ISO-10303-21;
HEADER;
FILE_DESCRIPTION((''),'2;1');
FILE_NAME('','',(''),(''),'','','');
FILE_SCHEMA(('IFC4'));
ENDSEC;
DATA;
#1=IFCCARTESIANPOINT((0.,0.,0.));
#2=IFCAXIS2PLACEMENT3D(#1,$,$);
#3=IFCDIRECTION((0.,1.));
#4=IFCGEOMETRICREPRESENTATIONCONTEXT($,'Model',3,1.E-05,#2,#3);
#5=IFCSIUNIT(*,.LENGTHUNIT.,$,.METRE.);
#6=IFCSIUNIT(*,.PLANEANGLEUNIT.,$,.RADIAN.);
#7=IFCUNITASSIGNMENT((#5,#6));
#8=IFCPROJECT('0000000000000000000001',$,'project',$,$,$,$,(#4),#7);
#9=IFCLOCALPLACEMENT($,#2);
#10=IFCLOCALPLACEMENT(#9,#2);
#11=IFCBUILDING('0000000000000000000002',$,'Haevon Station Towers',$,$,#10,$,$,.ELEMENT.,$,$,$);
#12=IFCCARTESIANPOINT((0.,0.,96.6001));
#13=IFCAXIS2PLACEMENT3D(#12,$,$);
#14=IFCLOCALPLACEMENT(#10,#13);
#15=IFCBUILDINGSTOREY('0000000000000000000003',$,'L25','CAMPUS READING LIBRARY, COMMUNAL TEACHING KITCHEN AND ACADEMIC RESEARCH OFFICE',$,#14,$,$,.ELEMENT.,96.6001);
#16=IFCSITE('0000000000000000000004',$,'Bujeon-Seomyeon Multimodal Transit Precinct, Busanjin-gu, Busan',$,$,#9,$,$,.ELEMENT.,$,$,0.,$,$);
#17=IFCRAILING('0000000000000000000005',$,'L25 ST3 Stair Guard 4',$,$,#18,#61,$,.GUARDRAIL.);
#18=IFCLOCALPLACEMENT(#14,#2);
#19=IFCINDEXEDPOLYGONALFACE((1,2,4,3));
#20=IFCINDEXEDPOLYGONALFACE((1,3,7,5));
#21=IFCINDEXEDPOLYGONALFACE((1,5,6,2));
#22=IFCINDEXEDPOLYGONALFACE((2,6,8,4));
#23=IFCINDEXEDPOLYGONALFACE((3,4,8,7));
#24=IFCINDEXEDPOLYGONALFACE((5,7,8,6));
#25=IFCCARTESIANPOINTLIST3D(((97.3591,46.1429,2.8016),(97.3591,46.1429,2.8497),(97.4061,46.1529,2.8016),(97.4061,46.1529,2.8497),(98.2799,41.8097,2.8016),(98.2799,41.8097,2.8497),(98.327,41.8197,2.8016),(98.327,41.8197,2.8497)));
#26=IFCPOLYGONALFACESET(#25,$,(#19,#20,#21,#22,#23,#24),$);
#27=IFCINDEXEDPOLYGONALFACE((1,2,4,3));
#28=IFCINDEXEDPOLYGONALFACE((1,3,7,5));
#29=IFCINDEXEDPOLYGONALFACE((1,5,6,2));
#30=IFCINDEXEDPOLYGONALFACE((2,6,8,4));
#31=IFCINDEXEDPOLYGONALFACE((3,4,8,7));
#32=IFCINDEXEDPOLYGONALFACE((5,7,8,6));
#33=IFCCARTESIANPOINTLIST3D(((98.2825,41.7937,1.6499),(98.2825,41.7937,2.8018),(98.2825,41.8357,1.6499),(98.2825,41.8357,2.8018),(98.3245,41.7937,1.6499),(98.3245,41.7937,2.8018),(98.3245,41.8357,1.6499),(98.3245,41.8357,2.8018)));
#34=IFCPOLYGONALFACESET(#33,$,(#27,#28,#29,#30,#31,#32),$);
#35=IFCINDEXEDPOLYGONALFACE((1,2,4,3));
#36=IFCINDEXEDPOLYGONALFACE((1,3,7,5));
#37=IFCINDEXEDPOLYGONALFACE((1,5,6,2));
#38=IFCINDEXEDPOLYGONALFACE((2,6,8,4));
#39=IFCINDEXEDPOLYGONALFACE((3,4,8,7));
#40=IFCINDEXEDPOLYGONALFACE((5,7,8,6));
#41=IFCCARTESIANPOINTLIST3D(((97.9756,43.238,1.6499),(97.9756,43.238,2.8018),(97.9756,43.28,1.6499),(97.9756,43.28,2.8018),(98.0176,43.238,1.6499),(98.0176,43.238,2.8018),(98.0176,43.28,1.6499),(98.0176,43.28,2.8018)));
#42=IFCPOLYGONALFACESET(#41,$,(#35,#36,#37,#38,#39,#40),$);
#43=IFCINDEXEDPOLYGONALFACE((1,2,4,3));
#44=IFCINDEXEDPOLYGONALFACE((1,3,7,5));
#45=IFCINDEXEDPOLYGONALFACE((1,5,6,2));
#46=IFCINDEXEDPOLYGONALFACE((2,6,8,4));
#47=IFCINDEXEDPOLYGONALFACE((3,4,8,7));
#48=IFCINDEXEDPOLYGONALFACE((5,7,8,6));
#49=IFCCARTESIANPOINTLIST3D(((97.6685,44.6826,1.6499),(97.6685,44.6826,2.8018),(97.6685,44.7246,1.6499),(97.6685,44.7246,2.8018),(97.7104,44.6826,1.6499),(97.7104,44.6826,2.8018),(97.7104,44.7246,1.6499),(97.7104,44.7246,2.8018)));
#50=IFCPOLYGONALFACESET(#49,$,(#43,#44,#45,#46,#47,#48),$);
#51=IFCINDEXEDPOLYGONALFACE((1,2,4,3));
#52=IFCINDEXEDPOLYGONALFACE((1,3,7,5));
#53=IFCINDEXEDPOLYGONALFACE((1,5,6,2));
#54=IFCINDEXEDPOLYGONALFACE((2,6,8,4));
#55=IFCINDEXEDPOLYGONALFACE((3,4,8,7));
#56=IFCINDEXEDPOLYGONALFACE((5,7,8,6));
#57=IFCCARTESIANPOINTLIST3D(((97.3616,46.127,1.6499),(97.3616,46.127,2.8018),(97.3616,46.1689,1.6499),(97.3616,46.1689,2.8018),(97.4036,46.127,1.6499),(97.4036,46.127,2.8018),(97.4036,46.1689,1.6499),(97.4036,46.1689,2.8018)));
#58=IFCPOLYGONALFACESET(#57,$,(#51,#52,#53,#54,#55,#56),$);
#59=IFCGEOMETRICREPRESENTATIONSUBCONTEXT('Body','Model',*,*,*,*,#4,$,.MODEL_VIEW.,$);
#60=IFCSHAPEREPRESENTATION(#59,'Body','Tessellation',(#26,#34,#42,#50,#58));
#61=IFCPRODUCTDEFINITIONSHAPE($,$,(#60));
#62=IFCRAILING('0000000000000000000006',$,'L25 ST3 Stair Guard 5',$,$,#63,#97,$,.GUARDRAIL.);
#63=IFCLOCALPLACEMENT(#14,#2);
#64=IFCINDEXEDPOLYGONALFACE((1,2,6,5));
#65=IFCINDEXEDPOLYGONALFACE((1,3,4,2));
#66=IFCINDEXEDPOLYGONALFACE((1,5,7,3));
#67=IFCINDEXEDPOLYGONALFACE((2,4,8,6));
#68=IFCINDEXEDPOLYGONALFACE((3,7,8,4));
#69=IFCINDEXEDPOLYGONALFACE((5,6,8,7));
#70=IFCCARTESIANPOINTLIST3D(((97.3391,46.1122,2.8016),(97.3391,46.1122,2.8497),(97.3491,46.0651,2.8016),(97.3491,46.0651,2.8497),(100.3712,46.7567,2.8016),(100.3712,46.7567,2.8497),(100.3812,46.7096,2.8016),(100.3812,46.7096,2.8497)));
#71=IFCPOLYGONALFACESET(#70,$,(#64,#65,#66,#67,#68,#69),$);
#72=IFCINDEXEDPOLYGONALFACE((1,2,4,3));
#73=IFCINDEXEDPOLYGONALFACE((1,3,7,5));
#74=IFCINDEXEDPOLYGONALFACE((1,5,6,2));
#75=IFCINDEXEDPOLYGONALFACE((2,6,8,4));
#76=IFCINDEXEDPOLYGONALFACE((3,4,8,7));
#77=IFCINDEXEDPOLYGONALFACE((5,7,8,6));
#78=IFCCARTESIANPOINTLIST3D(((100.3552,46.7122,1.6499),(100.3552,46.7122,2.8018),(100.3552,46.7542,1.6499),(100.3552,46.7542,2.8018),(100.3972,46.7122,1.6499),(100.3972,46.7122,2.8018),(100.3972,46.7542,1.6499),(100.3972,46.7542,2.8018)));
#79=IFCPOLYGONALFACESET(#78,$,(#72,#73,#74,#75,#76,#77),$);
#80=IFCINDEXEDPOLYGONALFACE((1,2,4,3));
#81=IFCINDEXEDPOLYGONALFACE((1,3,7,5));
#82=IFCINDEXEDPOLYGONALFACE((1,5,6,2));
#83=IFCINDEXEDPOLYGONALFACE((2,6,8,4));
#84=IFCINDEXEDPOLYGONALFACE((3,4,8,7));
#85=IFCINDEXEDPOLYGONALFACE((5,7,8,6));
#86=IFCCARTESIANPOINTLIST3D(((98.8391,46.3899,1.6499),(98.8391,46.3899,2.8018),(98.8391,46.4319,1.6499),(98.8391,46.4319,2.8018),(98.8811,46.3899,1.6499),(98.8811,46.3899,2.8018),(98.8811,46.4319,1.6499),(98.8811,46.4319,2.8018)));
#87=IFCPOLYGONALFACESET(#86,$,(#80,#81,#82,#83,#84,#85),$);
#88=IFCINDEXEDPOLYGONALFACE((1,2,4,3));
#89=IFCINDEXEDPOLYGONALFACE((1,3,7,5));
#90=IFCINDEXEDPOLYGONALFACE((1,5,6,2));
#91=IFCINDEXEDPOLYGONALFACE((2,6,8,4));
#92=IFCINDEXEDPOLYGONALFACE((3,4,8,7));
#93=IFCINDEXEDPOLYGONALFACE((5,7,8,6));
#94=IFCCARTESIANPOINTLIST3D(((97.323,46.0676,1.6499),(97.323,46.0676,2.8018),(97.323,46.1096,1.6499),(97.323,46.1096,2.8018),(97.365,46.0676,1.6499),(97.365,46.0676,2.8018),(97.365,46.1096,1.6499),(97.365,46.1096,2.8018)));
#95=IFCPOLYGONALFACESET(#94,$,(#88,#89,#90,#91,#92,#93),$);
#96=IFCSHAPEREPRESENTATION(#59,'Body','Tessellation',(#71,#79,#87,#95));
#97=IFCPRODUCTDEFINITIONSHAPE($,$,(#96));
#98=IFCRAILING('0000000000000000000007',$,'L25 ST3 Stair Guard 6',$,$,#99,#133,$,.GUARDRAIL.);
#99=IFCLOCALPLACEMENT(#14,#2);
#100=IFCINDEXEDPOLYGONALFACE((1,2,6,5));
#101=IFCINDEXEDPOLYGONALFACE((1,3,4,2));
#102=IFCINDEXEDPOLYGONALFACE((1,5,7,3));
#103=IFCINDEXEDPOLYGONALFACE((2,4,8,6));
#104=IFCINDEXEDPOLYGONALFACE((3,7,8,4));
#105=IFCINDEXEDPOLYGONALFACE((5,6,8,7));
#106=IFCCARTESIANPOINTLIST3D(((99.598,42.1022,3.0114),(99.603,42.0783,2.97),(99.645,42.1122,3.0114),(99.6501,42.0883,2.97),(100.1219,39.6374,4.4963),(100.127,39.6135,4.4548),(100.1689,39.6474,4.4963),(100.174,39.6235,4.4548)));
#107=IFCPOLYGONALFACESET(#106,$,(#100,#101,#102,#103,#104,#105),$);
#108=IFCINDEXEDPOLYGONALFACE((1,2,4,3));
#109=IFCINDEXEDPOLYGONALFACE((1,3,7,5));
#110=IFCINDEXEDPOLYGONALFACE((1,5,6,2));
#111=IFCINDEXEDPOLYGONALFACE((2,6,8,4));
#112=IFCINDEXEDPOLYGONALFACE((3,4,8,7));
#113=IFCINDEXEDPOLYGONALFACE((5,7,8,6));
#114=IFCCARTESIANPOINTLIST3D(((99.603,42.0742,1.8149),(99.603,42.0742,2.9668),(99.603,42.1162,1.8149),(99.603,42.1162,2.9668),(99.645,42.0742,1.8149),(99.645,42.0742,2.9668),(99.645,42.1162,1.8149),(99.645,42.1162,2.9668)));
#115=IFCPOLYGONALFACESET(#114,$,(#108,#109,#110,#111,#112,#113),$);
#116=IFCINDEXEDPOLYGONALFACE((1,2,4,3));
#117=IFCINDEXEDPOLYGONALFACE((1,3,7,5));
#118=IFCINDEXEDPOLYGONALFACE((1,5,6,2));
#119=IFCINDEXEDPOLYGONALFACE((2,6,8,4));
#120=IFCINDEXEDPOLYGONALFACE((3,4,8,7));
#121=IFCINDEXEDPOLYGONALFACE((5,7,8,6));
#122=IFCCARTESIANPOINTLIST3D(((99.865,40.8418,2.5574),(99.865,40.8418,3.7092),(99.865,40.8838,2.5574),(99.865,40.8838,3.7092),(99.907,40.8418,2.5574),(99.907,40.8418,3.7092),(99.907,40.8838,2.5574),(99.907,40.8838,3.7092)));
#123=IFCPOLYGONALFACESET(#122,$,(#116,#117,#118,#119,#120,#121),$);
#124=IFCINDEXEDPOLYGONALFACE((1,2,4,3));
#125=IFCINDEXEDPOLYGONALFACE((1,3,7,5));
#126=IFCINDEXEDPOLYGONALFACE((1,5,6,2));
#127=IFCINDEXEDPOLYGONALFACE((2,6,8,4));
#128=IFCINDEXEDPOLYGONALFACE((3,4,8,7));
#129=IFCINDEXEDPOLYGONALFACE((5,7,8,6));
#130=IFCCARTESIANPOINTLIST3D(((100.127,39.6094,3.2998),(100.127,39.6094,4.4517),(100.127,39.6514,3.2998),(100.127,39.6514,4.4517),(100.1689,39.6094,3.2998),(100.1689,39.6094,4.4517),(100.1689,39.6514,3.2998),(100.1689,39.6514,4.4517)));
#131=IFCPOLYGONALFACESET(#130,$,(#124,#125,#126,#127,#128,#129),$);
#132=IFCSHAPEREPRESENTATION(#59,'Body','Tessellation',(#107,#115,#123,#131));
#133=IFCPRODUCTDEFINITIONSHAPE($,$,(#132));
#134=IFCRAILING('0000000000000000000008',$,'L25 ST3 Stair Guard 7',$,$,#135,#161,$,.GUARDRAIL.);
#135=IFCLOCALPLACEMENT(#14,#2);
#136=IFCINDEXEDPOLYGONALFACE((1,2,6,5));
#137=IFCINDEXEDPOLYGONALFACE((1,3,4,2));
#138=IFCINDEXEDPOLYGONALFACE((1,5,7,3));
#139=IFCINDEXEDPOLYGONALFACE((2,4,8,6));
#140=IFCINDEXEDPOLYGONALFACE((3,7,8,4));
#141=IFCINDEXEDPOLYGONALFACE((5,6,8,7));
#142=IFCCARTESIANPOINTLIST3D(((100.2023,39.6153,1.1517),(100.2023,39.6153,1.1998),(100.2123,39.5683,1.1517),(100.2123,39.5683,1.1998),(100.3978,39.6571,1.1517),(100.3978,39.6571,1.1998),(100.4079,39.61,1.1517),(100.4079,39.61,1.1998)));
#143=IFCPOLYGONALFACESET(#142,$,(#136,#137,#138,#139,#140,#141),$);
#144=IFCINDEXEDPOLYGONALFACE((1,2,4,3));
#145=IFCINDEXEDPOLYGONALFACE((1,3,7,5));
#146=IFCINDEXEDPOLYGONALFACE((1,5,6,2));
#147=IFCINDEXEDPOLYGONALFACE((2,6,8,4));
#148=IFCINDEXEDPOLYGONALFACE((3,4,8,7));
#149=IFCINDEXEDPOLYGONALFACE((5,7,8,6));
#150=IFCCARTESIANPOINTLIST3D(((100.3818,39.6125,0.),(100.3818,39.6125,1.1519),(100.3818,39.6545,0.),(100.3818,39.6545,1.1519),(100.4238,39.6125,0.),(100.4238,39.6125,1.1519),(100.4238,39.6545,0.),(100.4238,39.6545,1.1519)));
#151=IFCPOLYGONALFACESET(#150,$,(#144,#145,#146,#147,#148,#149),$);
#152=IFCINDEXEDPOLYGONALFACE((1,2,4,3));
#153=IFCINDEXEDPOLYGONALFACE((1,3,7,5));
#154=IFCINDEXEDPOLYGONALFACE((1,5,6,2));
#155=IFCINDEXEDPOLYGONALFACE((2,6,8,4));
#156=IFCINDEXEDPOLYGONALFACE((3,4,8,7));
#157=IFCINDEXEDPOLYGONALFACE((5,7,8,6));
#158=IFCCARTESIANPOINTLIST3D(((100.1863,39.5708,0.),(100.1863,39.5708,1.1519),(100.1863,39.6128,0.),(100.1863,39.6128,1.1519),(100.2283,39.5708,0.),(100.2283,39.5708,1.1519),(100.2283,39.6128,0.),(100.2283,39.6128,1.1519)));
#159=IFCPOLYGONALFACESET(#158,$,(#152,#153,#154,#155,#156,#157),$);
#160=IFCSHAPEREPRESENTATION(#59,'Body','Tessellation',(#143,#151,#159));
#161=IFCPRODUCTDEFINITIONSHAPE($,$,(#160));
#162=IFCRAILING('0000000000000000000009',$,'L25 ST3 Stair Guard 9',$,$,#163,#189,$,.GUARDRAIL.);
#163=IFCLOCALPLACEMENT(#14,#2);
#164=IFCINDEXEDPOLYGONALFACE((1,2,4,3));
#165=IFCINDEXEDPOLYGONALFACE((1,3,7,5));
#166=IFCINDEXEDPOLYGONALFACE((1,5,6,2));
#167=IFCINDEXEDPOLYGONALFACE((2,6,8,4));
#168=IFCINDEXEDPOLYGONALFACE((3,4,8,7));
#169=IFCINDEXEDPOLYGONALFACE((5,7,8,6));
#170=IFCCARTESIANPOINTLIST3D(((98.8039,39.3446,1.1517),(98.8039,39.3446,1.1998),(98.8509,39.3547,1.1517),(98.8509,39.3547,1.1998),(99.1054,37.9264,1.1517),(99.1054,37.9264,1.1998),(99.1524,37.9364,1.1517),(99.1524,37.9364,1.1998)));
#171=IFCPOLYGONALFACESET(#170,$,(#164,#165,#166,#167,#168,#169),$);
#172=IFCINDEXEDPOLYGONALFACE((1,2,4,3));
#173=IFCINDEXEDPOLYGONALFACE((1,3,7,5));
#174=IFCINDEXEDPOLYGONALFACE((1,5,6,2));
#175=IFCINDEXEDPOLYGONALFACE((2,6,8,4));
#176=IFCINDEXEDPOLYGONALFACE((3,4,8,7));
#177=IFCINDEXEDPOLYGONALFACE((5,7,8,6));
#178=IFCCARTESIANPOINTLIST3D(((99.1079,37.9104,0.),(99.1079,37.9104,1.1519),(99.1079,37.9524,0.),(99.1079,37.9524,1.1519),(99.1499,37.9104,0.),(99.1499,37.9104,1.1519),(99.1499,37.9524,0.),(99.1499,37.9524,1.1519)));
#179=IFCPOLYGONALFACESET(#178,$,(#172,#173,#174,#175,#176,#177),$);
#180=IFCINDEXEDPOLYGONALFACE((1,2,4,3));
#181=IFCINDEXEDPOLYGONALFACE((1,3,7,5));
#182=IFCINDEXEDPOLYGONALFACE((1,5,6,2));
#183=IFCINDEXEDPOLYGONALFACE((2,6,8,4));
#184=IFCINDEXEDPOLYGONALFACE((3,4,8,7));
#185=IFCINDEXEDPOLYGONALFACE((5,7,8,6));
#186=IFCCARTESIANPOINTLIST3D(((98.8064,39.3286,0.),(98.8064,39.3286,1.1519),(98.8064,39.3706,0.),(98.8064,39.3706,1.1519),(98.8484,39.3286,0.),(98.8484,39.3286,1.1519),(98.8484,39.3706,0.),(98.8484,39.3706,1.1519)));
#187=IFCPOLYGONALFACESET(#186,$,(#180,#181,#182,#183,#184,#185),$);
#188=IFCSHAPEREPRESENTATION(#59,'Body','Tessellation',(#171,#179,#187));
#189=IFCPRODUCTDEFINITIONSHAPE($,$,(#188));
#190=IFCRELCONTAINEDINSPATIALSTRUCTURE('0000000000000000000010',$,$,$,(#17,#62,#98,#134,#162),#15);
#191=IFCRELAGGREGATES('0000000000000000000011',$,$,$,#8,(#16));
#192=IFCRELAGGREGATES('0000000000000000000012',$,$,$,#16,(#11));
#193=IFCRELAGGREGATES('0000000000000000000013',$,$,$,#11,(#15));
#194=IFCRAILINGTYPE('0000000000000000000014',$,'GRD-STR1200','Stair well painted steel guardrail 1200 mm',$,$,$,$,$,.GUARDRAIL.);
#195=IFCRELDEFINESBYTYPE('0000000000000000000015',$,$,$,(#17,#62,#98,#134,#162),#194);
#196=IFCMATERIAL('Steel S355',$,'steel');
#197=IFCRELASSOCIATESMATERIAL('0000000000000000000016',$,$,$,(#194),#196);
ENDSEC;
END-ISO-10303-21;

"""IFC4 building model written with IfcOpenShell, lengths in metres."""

from ifc_helpers import new_model, si_unit, direction, frame, origin, origin_2d, place, context, subcontext, project, spatial, rectangle, extrude, material, type_object, element, save


model = new_model("IFC4")

# Units and contexts
model_context = context("Model", 3, precision=1e-05, world=origin(), true_north=direction((0.0, 1.0)))
body_context = subcontext(model_context, "Body", "Model", "MODEL_VIEW")
ifc_project = project(units=[si_unit("LENGTHUNIT", "METRE"), si_unit("PLANEANGLEUNIT", "RADIAN")], contexts=[model_context])

# Site, building, storey
site_placement = place(None, origin())
site = spatial("IfcSite", under=ifc_project, at=site_placement, Name="Bujeon-Seomyeon Multimodal Transit Precinct, Busanjin-gu, Busan", CompositionType="ELEMENT", RefElevation=0.0)
building_placement = place(site_placement, origin())
building = spatial("IfcBuilding", under=site, at=building_placement, Name="Haevon Station Towers", CompositionType="ELEMENT")
storey_placement = place(building_placement, frame((0.0, 0.0, 96.6001)))
storey = spatial("IfcBuildingStorey", under=building, at=storey_placement, Name="L25", Description="CAMPUS READING LIBRARY, COMMUNAL TEACHING KITCHEN AND ACADEMIC RESEARCH OFFICE", CompositionType="ELEMENT", Elevation=96.6001)

# Shared definitions
ifc_material_1 = material(Name="Steel S355", Category="steel")

# Railings
railing_type_1 = type_object("IfcRailingType", Name="GRD-STR1200", Description="Stair well painted steel guardrail 1200 mm", PredefinedType="GUARDRAIL", material=ifc_material_1)
railing_1_placement = place(storey_placement, frame((98.3035, 41.8147, 1.6499)))
element("IfcRailing", 1, at=railing_1_placement, inside=storey, type_object=railing_type_1, Name="L25 ST3 Stair Guard 4", PredefinedType="GUARDRAIL", context=body_context, shape_type="SweptSolid", body=[
    extrude(rectangle(XDim=0.0481, YDim=0.0481, at=origin_2d()), frame((0.0, 0.0, 1.1758), z_axis=(-0.207877, 0.978155, 0.0), x_axis=(-0.978155, -0.207877, 0.0)), (0.0, 0.0, 1.0), 4.4299),
    extrude(rectangle(XDim=0.042, YDim=0.042, at=origin_2d()), origin(), (0.0, 0.0, 1.0), 1.1519),
    extrude(rectangle(XDim=0.042, YDim=0.042, at=origin_2d()), frame((-0.3069, 1.4443, 0.0)), (0.0, 0.0, 1.0), 1.1519),
    extrude(rectangle(XDim=0.042, YDim=0.042, at=origin_2d()), frame((-0.614, 2.8889, 0.0)), (0.0, 0.0, 1.0), 1.1519),
    extrude(rectangle(XDim=0.042, YDim=0.042, at=origin_2d()), frame((-0.9209, 4.3333, 0.0)), (0.0, 0.0, 1.0), 1.1519),
])
railing_2_placement = place(storey_placement, frame((100.3762, 46.7332, 1.6499)))
element("IfcRailing", 2, at=railing_2_placement, inside=storey, type_object=railing_type_1, Name="L25 ST3 Stair Guard 5", PredefinedType="GUARDRAIL", context=body_context, shape_type="SweptSolid", body=[
    extrude(rectangle(XDim=0.0481, YDim=0.0481, at=origin_2d()), frame((0.0, 0.0, 1.1758), z_axis=(-0.978147, -0.207915, 0.0), x_axis=(0.207915, -0.978147, 0.0)), (0.0, 0.0, 1.0), 3.0999),
    extrude(rectangle(XDim=0.042, YDim=0.042, at=origin_2d()), origin(), (0.0, 0.0, 1.0), 1.1519),
    extrude(rectangle(XDim=0.042, YDim=0.042, at=origin_2d()), frame((-1.5161, -0.3223, 0.0)), (0.0, 0.0, 1.0), 1.1519),
    extrude(rectangle(XDim=0.042, YDim=0.042, at=origin_2d()), frame((-3.0322, -0.6445, 0.0)), (0.0, 0.0, 1.0), 1.1519),
])
railing_3_placement = place(storey_placement, frame((99.624, 42.0952, 1.8149)))
element("IfcRailing", 3, at=railing_3_placement, inside=storey, type_object=railing_type_1, Name="L25 ST3 Stair Guard 6", PredefinedType="GUARDRAIL", context=body_context, shape_type="SweptSolid", body=[
    extrude(rectangle(XDim=0.0481, YDim=0.0481, at=origin_2d()), frame((0.0, 0.0, 1.1758), z_axis=(0.179129, -0.842724, 0.507671), x_axis=(0.978147, 0.207914, 0.0)), (0.0, 0.0, 1.0), 2.9248),
    extrude(rectangle(XDim=0.042, YDim=0.042, at=origin_2d()), origin(), (0.0, 0.0, 1.0), 1.1519),
    extrude(rectangle(XDim=0.042, YDim=0.042, at=origin_2d()), frame((0.262, -1.2324, 0.7424)), (0.0, 0.0, 1.0), 1.1519),
    extrude(rectangle(XDim=0.042, YDim=0.042, at=origin_2d()), frame((0.5239, -2.4648, 1.4849)), (0.0, 0.0, 1.0), 1.1519),
])
railing_4_placement = place(storey_placement, frame((100.4028, 39.6335, 0.0)))
element("IfcRailing", 4, at=railing_4_placement, inside=storey, type_object=railing_type_1, Name="L25 ST3 Stair Guard 7", PredefinedType="GUARDRAIL", context=body_context, shape_type="SweptSolid", body=[
    extrude(rectangle(XDim=0.0481, YDim=0.0481, at=origin_2d()), frame((0.0, 0.0, 1.1758), z_axis=(-0.977963, -0.208779, 0.0), x_axis=(0.208779, -0.977963, 0.0)), (0.0, 0.0, 1.0), 0.2),
    extrude(rectangle(XDim=0.042, YDim=0.042, at=origin_2d()), origin(), (0.0, 0.0, 1.0), 1.1519),
    extrude(rectangle(XDim=0.042, YDim=0.042, at=origin_2d()), frame((-0.1956, -0.0417, 0.0)), (0.0, 0.0, 1.0), 1.1519),
])
railing_5_placement = place(storey_placement, frame((99.1289, 37.9314, 0.0)))
element("IfcRailing", 5, at=railing_5_placement, inside=storey, type_object=railing_type_1, Name="L25 ST3 Stair Guard 9", PredefinedType="GUARDRAIL", context=body_context, shape_type="SweptSolid", body=[
    extrude(rectangle(XDim=0.0481, YDim=0.0481, at=origin_2d()), frame((0.0, 0.0, 1.1758), z_axis=(-0.207953, 0.978139, 0.0), x_axis=(-0.978139, -0.207953, 0.0)), (0.0, 0.0, 1.0), 1.45),
    extrude(rectangle(XDim=0.042, YDim=0.042, at=origin_2d()), origin(), (0.0, 0.0, 1.0), 1.1519),
    extrude(rectangle(XDim=0.042, YDim=0.042, at=origin_2d()), frame((-0.3015, 1.4182, 0.0)), (0.0, 0.0, 1.0), 1.1519),
])

save(model, "model.ifc")
